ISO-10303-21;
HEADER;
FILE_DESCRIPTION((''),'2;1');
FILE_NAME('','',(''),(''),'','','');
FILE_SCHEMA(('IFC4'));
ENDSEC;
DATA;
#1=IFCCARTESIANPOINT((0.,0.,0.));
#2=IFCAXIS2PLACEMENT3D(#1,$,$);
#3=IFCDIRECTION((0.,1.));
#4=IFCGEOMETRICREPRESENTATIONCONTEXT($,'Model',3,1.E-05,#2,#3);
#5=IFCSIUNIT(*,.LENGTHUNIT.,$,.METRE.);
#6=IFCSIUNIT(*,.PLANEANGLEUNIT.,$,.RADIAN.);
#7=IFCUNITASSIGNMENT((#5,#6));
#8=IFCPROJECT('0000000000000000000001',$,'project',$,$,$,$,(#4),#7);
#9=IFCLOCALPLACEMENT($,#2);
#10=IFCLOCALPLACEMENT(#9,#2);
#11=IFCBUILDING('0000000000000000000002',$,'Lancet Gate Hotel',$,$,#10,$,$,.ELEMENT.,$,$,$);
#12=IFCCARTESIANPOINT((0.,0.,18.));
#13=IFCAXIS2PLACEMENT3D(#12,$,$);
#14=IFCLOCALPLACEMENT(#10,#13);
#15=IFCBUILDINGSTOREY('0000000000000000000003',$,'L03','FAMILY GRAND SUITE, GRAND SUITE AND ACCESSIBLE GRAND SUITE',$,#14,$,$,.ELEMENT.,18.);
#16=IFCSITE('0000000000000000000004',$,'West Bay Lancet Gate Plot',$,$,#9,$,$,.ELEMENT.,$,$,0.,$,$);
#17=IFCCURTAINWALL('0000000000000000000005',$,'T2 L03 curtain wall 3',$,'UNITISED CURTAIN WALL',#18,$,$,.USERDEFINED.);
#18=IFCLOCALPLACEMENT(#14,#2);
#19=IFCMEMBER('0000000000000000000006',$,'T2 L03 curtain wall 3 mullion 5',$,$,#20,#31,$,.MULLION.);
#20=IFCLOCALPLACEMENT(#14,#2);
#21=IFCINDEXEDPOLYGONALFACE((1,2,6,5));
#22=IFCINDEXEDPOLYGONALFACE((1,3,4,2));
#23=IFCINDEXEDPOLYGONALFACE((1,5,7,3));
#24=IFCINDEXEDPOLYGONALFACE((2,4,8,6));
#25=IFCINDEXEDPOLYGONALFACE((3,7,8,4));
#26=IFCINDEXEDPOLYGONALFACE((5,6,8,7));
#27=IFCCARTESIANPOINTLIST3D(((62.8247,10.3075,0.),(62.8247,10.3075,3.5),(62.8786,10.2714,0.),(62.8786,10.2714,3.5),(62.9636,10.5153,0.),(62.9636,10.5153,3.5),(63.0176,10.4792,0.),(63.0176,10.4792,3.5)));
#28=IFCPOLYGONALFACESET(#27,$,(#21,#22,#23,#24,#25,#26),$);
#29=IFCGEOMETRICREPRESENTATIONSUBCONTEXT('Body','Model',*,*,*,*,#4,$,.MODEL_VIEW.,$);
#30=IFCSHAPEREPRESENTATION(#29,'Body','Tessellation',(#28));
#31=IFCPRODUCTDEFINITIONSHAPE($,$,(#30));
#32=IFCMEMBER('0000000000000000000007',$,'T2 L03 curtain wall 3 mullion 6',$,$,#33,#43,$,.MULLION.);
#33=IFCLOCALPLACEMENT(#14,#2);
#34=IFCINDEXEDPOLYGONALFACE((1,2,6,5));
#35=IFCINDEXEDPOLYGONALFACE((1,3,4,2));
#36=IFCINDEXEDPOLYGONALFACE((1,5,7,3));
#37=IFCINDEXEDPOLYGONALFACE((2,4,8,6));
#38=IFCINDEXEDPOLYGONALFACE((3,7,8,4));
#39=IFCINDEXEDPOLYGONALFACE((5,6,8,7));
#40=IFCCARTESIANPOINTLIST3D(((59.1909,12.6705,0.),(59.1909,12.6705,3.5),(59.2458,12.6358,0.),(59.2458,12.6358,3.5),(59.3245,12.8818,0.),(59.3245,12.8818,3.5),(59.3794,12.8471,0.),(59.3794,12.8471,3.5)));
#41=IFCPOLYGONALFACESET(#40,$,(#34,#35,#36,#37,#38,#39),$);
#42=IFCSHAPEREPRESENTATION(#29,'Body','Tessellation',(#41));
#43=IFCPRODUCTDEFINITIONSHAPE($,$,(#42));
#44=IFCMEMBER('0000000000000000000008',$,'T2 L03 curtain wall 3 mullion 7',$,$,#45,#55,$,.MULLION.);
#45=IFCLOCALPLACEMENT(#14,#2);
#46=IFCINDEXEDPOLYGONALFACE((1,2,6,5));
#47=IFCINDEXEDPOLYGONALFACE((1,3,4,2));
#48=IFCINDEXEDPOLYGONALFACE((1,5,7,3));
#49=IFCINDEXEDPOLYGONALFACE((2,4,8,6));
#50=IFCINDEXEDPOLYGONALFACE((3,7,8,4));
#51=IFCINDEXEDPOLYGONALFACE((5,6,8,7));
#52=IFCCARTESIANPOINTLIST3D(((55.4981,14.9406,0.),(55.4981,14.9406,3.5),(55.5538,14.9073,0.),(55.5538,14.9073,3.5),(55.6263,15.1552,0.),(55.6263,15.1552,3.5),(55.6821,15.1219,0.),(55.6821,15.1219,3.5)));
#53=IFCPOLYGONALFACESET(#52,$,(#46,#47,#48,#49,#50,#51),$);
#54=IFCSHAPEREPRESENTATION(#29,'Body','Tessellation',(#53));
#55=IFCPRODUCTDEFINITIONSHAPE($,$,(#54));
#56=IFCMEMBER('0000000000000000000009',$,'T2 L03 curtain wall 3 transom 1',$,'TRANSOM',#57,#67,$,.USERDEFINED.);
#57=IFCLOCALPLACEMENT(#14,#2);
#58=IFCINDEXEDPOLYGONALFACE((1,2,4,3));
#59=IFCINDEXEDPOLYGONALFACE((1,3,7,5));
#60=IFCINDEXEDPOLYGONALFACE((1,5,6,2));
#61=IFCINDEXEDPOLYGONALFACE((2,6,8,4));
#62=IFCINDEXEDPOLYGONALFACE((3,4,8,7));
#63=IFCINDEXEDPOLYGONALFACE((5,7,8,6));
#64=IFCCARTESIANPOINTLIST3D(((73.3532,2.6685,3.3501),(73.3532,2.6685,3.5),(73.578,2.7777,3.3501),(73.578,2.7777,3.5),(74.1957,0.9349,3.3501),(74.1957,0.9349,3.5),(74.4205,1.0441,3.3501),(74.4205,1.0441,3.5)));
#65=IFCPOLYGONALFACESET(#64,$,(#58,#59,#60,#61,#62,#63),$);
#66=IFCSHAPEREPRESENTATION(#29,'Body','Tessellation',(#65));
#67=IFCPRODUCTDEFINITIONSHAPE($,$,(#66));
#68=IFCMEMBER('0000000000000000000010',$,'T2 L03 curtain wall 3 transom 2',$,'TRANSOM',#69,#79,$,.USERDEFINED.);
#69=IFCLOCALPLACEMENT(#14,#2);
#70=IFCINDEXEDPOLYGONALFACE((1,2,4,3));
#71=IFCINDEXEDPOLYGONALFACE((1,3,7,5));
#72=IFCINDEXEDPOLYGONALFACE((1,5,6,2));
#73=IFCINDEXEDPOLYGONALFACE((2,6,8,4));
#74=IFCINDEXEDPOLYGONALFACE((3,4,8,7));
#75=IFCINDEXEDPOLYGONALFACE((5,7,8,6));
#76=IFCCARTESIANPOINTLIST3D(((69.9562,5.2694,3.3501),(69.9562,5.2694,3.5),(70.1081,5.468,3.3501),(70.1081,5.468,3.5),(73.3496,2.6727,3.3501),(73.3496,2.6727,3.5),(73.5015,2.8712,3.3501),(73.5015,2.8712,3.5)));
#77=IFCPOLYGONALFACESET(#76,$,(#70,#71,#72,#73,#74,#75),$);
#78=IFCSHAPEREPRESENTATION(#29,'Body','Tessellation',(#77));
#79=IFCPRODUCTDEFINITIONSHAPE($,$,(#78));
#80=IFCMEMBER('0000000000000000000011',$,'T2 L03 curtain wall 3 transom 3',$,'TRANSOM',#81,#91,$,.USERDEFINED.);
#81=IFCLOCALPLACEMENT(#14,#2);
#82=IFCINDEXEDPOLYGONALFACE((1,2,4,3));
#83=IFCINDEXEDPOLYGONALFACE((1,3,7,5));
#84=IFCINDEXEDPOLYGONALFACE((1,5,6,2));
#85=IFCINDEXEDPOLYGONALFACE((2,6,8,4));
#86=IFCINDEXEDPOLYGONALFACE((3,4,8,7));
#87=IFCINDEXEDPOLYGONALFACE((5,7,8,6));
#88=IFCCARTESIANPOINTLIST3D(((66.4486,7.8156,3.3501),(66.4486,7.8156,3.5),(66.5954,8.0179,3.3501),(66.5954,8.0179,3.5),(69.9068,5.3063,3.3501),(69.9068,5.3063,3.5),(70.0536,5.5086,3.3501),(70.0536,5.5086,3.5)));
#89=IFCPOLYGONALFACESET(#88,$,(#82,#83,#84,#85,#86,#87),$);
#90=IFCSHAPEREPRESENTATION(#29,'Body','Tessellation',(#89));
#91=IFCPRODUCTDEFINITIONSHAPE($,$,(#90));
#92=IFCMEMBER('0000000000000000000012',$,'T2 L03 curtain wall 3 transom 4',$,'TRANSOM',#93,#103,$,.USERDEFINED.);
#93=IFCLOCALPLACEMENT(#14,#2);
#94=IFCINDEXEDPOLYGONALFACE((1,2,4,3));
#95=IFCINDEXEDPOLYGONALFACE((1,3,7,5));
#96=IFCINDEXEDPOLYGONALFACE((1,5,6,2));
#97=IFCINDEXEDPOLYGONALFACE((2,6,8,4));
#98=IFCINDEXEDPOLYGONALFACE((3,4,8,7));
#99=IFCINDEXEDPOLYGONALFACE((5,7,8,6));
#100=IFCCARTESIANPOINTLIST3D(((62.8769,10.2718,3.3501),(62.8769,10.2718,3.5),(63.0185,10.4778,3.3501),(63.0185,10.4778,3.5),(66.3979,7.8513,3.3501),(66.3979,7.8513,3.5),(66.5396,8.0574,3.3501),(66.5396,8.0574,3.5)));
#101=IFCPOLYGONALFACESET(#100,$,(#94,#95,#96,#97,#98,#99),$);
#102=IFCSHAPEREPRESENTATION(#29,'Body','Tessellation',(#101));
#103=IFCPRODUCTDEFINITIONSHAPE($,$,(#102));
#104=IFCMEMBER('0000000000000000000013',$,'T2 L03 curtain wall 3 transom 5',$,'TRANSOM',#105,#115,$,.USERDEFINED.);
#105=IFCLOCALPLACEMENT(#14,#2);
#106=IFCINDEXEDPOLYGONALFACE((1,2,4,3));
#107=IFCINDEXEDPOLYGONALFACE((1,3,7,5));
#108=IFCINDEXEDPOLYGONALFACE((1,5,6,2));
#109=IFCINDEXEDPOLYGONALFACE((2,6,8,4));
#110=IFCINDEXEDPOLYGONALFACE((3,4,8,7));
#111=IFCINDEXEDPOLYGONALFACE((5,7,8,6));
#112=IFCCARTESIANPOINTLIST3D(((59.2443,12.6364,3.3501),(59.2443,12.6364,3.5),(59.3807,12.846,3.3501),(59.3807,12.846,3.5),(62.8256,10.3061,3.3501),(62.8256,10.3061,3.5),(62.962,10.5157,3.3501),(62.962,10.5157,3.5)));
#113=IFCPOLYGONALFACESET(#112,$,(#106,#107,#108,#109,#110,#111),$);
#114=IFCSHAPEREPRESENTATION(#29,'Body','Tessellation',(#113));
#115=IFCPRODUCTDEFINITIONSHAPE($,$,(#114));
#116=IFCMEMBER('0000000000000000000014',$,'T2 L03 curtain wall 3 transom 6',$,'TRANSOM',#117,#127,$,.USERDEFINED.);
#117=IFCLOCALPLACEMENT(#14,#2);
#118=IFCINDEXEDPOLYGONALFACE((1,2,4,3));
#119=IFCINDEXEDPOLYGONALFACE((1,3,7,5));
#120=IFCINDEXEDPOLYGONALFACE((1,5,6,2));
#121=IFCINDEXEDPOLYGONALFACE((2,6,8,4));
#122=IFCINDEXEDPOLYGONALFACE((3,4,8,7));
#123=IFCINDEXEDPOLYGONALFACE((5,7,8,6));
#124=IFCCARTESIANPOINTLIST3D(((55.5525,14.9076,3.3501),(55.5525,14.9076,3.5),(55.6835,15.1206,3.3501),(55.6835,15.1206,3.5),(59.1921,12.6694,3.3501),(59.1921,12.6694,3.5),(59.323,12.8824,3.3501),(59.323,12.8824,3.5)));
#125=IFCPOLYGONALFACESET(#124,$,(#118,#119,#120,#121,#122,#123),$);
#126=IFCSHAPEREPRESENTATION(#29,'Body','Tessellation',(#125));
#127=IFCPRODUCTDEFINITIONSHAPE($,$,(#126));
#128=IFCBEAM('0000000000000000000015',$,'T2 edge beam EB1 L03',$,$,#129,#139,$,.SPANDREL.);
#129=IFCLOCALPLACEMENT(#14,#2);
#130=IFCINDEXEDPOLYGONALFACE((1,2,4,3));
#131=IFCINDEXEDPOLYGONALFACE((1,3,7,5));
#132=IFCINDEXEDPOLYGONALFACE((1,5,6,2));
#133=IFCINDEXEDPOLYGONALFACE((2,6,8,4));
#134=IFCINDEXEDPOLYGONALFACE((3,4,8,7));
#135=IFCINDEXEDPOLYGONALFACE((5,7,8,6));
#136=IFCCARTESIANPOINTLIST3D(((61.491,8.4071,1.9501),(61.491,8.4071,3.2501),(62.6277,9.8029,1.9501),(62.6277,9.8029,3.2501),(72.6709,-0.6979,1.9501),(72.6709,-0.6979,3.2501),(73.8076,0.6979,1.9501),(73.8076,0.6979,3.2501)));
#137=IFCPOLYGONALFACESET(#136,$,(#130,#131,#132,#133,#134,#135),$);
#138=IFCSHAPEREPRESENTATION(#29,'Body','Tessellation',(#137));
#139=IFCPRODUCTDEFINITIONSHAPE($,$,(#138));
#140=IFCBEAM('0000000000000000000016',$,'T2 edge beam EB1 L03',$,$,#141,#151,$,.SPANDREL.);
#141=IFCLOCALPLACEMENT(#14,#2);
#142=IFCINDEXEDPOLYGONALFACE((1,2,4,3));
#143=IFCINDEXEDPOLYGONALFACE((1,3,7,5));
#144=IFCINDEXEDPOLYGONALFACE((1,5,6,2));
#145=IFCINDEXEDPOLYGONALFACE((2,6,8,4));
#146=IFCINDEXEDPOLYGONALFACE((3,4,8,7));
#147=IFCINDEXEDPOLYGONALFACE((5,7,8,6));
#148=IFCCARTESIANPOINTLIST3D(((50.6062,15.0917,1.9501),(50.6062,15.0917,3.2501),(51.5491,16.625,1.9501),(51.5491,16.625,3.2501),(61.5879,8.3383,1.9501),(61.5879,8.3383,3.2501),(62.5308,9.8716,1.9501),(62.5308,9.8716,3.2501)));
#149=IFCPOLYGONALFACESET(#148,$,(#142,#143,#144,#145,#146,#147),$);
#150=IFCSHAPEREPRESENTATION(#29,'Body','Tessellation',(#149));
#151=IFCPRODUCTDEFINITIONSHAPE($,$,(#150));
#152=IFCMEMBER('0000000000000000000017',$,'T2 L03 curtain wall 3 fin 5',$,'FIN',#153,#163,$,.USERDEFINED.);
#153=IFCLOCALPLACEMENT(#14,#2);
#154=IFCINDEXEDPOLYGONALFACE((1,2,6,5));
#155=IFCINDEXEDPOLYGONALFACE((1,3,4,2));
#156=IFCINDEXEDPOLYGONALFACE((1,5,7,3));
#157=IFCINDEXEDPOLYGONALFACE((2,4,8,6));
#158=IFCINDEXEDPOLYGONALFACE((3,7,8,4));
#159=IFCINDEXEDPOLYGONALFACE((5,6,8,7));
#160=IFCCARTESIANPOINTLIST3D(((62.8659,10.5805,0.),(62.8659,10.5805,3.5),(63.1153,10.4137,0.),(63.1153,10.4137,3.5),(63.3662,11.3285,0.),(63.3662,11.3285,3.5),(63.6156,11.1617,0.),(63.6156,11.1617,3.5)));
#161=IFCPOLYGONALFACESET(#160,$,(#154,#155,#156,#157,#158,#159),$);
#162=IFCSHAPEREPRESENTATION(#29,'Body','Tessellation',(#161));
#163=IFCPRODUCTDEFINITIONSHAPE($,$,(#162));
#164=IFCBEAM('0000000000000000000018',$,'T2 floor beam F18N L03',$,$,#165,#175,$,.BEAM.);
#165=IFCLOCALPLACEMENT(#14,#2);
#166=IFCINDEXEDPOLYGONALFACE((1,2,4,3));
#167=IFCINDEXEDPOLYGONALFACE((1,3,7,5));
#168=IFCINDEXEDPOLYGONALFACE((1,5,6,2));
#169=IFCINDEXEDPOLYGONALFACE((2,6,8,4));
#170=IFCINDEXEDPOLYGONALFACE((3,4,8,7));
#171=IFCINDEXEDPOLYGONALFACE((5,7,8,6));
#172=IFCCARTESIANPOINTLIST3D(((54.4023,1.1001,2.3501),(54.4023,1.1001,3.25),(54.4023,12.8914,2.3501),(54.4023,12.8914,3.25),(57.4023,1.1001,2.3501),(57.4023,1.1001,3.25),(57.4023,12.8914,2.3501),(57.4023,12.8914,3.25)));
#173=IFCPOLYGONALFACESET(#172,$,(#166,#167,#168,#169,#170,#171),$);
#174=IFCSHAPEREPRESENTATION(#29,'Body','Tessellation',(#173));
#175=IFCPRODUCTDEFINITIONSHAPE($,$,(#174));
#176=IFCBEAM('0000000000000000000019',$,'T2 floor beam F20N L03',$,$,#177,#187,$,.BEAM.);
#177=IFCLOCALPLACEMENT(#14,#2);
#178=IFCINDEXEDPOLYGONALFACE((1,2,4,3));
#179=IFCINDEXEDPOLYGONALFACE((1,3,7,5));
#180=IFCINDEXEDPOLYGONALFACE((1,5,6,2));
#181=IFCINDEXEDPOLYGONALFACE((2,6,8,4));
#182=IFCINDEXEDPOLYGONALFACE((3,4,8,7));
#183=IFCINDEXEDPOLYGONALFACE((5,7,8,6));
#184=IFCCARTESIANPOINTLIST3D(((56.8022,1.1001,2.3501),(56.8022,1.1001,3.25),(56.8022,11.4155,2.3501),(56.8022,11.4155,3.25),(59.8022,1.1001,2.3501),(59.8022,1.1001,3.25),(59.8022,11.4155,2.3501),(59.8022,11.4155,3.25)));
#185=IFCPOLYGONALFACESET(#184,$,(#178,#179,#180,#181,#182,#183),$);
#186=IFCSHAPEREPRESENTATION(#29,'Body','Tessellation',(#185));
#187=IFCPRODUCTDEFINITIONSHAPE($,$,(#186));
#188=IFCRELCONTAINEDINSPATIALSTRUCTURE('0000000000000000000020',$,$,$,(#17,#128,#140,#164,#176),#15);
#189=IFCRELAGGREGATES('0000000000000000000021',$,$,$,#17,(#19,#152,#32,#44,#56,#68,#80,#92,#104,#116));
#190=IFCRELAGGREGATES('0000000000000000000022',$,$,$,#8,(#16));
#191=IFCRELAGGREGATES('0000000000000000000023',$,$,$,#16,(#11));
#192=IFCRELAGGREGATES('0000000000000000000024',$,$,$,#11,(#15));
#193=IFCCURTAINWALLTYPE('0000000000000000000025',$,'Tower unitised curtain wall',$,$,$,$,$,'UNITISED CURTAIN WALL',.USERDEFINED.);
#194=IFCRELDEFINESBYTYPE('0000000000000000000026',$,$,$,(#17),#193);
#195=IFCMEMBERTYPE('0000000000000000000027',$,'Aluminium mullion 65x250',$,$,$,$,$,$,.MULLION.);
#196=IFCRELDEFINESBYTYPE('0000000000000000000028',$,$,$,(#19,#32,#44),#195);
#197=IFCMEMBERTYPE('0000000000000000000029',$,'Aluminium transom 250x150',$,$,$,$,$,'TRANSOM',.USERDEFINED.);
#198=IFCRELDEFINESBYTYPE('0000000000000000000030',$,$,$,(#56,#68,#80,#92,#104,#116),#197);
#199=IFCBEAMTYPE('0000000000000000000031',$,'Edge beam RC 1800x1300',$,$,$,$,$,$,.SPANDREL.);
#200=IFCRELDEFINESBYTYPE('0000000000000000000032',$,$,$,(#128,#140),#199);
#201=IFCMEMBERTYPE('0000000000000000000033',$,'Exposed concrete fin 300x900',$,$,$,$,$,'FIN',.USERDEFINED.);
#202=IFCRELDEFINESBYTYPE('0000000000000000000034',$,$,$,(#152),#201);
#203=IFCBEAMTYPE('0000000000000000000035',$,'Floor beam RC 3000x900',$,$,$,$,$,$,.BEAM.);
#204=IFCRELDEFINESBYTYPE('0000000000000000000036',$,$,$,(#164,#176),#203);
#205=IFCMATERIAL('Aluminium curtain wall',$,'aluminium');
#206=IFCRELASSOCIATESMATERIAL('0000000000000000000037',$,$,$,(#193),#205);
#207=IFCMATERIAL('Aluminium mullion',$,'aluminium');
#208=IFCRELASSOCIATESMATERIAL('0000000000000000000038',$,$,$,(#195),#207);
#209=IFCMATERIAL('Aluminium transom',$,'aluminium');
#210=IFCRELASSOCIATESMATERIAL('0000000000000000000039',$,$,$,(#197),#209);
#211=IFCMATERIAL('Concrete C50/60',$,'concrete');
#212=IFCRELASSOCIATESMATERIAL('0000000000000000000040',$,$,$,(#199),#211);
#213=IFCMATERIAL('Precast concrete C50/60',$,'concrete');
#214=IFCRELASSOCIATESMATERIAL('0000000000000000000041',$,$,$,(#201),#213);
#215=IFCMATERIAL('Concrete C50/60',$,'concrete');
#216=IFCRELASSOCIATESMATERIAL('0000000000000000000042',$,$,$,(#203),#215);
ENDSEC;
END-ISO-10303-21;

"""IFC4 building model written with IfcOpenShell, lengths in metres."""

from ifc_helpers import new_model, si_unit, direction, frame, origin, origin_2d, place, context, subcontext, project, spatial, rectangle, extrude, material, material_profile, profile_set, type_object, element, aggregate, save


model = new_model("IFC4")

# Units and contexts
model_context = context("Model", 3, precision=1e-05, world=origin(), true_north=direction((0.0, 1.0)))
body_context = subcontext(model_context, "Body", "Model", "MODEL_VIEW")
ifc_project = project(units=[si_unit("LENGTHUNIT", "METRE"), si_unit("PLANEANGLEUNIT", "RADIAN")], contexts=[model_context])

# Site, building, storey
site_placement = place(None, origin())
site = spatial("IfcSite", under=ifc_project, at=site_placement, Name="West Bay Lancet Gate Plot", CompositionType="ELEMENT", RefElevation=0.0)
building_placement = place(site_placement, origin())
building = spatial("IfcBuilding", under=site, at=building_placement, Name="Lancet Gate Hotel", CompositionType="ELEMENT")
storey_placement = place(building_placement, frame((0.0, 0.0, 18.0)))
storey = spatial("IfcBuildingStorey", under=building, at=storey_placement, Name="L03", Description="FAMILY GRAND SUITE, GRAND SUITE AND ACCESSIBLE GRAND SUITE", CompositionType="ELEMENT", Elevation=18.0)

# Shared definitions
ifc_material_1 = material(Name="Aluminium curtain wall", Category="aluminium")
curtain_wall_type = type_object("IfcCurtainWallType", Name="Tower unitised curtain wall", ElementType="UNITISED CURTAIN WALL", PredefinedType="USERDEFINED", material=ifc_material_1)
ifc_material_2 = material(Name="Aluminium mullion", Category="aluminium")
ifc_material_profile_1 = material_profile(ifc_material_2, rectangle(XDim=0.0649, YDim=0.25, at=origin_2d()), Name="MULLION 65x250")
ifc_profile_set_1 = profile_set([ifc_material_profile_1], Name="Aluminium mullion")
member_type_1 = type_object("IfcMemberType", Name="Aluminium mullion 65x250", PredefinedType="MULLION", material=ifc_profile_set_1)

# Curtain wall, members
curtain_wall_1_placement = place(storey_placement, origin())
curtain_wall_1 = element("IfcCurtainWall", 1, at=curtain_wall_1_placement, inside=storey, type_object=curtain_wall_type, Name="T2 L03 curtain wall 3", ObjectType="UNITISED CURTAIN WALL", PredefinedType="USERDEFINED")
member_1_placement = place(storey_placement, frame((62.9211, 10.3933, 0.0), z_axis=(0.0, 0.0, 1.0), x_axis=(-0.831198, 0.555976, 0.0)))
member_1 = element("IfcMember", 2, at=member_1_placement, type_object=member_type_1, Name="T2 L03 curtain wall 3 mullion 5", PredefinedType="MULLION", context=body_context, shape_type="SweptSolid", body=[
    extrude(rectangle(XDim=0.0649, YDim=0.25, at=origin_2d()), origin(), (0.0, 0.0, 1.0), 3.5),
])
member_2_placement = place(storey_placement, frame((59.2852, 12.7588, 0.0), z_axis=(0.0, 0.0, 1.0), x_axis=(-0.845079, 0.534641, 0.0)))
member_2 = element("IfcMember", 3, at=member_2_placement, type_object=member_type_1, Name="T2 L03 curtain wall 3 mullion 6", PredefinedType="MULLION", context=body_context, shape_type="SweptSolid", body=[
    extrude(rectangle(XDim=0.0649, YDim=0.25, at=origin_2d()), origin(), (0.0, 0.0, 1.0), 3.5),
])
member_3_placement = place(storey_placement, frame((55.5901, 15.0312, 0.0), z_axis=(0.0, 0.0, 1.0), x_axis=(-0.858413, 0.512959, 0.0)))
member_3 = element("IfcMember", 4, at=member_3_placement, type_object=member_type_1, Name="T2 L03 curtain wall 3 mullion 7", PredefinedType="MULLION", context=body_context, shape_type="SweptSolid", body=[
    extrude(rectangle(XDim=0.0649, YDim=0.25, at=origin_2d()), origin(), (0.0, 0.0, 1.0), 3.5),
])
ifc_material_3 = material(Name="Aluminium transom", Category="aluminium")
ifc_material_profile_2 = material_profile(ifc_material_3, rectangle(XDim=0.25, YDim=0.1499, at=origin_2d()), Name="TRANSOM 250x150")
ifc_profile_set_2 = profile_set([ifc_material_profile_2], Name="Aluminium transom")
member_type_2 = type_object("IfcMemberType", Name="Aluminium transom 250x150", ElementType="TRANSOM", PredefinedType="USERDEFINED", material=ifc_profile_set_2)
member_4_placement = place(storey_placement, frame((74.3081, 0.9895, 3.425), z_axis=(-0.437103, 0.899411, 0.0), x_axis=(-0.899411, -0.437103, 0.0)))
member_4 = element("IfcMember", 5, at=member_4_placement, type_object=member_type_2, Name="T2 L03 curtain wall 3 transom 1", ObjectType="TRANSOM", PredefinedType="USERDEFINED", context=body_context, shape_type="SweptSolid", body=[
    extrude(rectangle(XDim=0.25, YDim=0.1499, at=origin_2d()), origin(), (0.0, 0.0, 1.0), 1.9275),
])
member_5_placement = place(storey_placement, frame((73.4255, 2.772, 3.425), z_axis=(-0.794155, 0.607715, 0.0), x_axis=(-0.607715, -0.794155, 0.0)))
member_5 = element("IfcMember", 6, at=member_5_placement, type_object=member_type_2, Name="T2 L03 curtain wall 3 transom 2", ObjectType="TRANSOM", PredefinedType="USERDEFINED", context=body_context, shape_type="SweptSolid", body=[
    extrude(rectangle(XDim=0.25, YDim=0.1499, at=origin_2d()), origin(), (0.0, 0.0, 1.0), 4.2729),
])
member_6_placement = place(storey_placement, frame((69.9802, 5.4075, 3.425), z_axis=(-0.809383, 0.587281, 0.0), x_axis=(-0.587281, -0.809383, 0.0)))
member_6 = element("IfcMember", 7, at=member_6_placement, type_object=member_type_2, Name="T2 L03 curtain wall 3 transom 3", ObjectType="TRANSOM", PredefinedType="USERDEFINED", context=body_context, shape_type="SweptSolid", body=[
    extrude(rectangle(XDim=0.25, YDim=0.1499, at=origin_2d()), origin(), (0.0, 0.0, 1.0), 4.2727),
])
member_7_placement = place(storey_placement, frame((66.4688, 7.9543, 3.425), z_axis=(-0.824072, 0.566485, 0.0), x_axis=(-0.566485, -0.824072, 0.0)))
member_7 = element("IfcMember", 8, at=member_7_placement, type_object=member_type_2, Name="T2 L03 curtain wall 3 transom 4", ObjectType="TRANSOM", PredefinedType="USERDEFINED", context=body_context, shape_type="SweptSolid", body=[
    extrude(rectangle(XDim=0.25, YDim=0.1499, at=origin_2d()), origin(), (0.0, 0.0, 1.0), 4.2727),
])
member_8_placement = place(storey_placement, frame((62.8938, 10.4109, 3.425), z_axis=(-0.838179, 0.545396, 0.0), x_axis=(-0.545396, -0.838179, 0.0)))
member_8 = element("IfcMember", 9, at=member_8_placement, type_object=member_type_2, Name="T2 L03 curtain wall 3 transom 5", ObjectType="TRANSOM", PredefinedType="USERDEFINED", context=body_context, shape_type="SweptSolid", body=[
    extrude(rectangle(XDim=0.25, YDim=0.1499, at=origin_2d()), origin(), (0.0, 0.0, 1.0), 4.2727),
])
member_9_placement = place(storey_placement, frame((59.2576, 12.7759, 3.425), z_axis=(-0.851815, 0.523842, 0.0), x_axis=(-0.523842, -0.851815, 0.0)))
member_9 = element("IfcMember", 10, at=member_9_placement, type_object=member_type_2, Name="T2 L03 curtain wall 3 transom 6", ObjectType="TRANSOM", PredefinedType="USERDEFINED", context=body_context, shape_type="SweptSolid", body=[
    extrude(rectangle(XDim=0.25, YDim=0.1499, at=origin_2d()), origin(), (0.0, 0.0, 1.0), 4.2727),
])

# Beams
ifc_material_4 = material(Name="Concrete C50/60", Category="concrete")
ifc_material_profile_3 = material_profile(ifc_material_4, rectangle(XDim=1.8, YDim=1.3, at=origin_2d()), Name="RC 1800x1300")
ifc_profile_set_3 = profile_set([ifc_material_profile_3], Name="Concrete C50/60")
beam_type_1 = type_object("IfcBeamType", Name="Edge beam RC 1800x1300", PredefinedType="SPANDREL", material=ifc_profile_set_3)
beam_1_placement = place(storey_placement, frame((73.2393, 0.0, 2.6001), z_axis=(-0.775391, 0.631481, 0.0), x_axis=(-0.631481, -0.775391, 0.0)))
element("IfcBeam", 11, at=beam_1_placement, inside=storey, type_object=beam_type_1, Name="T2 edge beam EB1 L03", PredefinedType="SPANDREL", context=body_context, shape_type="SweptSolid", body=[
    extrude(rectangle(XDim=1.8, YDim=1.3, at=origin_2d()), origin(), (0.0, 0.0, 1.0), 14.4185),
])
beam_2_placement = place(storey_placement, frame((62.0593, 9.105, 2.6001), z_axis=(-0.851816, 0.523842, 0.0), x_axis=(-0.523842, -0.851816, 0.0)))
element("IfcBeam", 12, at=beam_2_placement, inside=storey, type_object=beam_type_1, Name="T2 edge beam EB1 L03", PredefinedType="SPANDREL", context=body_context, shape_type="SweptSolid", body=[
    extrude(rectangle(XDim=1.8, YDim=1.3, at=origin_2d()), origin(), (0.0, 0.0, 1.0), 12.8921),
])

# Member
ifc_material_5 = material(Name="Precast concrete C50/60", Category="concrete")
ifc_material_profile_4 = material_profile(ifc_material_5, rectangle(XDim=0.3, YDim=0.8999, at=origin_2d()), Name="FIN 300x900")
ifc_profile_set_4 = profile_set([ifc_material_profile_4], Name="Precast concrete C50/60")
member_type_3 = type_object("IfcMemberType", Name="Exposed concrete fin 300x900", ElementType="FIN", PredefinedType="USERDEFINED", material=ifc_profile_set_4)
member_10_placement = place(storey_placement, frame((63.2407, 10.8711, 0.0), z_axis=(0.0, 0.0, 1.0), x_axis=(-0.831198, 0.555976, 0.0)))
member_10 = element("IfcMember", 13, at=member_10_placement, type_object=member_type_3, Name="T2 L03 curtain wall 3 fin 5", ObjectType="FIN", PredefinedType="USERDEFINED", context=body_context, shape_type="SweptSolid", body=[
    extrude(rectangle(XDim=0.3, YDim=0.8999, at=origin_2d()), origin(), (0.0, 0.0, 1.0), 3.5),
])

# Beams
ifc_material_6 = material(Name="Concrete C50/60", Category="concrete")
ifc_material_profile_5 = material_profile(ifc_material_6, rectangle(XDim=3.0, YDim=0.8999, at=origin_2d()), Name="RC 3000x900")
ifc_profile_set_5 = profile_set([ifc_material_profile_5], Name="Concrete C50/60")
beam_type_2 = type_object("IfcBeamType", Name="Floor beam RC 3000x900", PredefinedType="BEAM", material=ifc_profile_set_5)
beam_3_placement = place(storey_placement, frame((55.9023, 1.1001, 2.8), z_axis=(0.0, 1.0, 0.0), x_axis=(-1.0, 0.0, 0.0)))
element("IfcBeam", 14, at=beam_3_placement, inside=storey, type_object=beam_type_2, Name="T2 floor beam F18N L03", PredefinedType="BEAM", context=body_context, shape_type="SweptSolid", body=[
    extrude(rectangle(XDim=3.0, YDim=0.8999, at=origin_2d()), origin(), (0.0, 0.0, 1.0), 11.7913),
])
beam_4_placement = place(storey_placement, frame((58.3022, 1.1001, 2.8), z_axis=(0.0, 1.0, 0.0), x_axis=(-1.0, 0.0, 0.0)))
element("IfcBeam", 15, at=beam_4_placement, inside=storey, type_object=beam_type_2, Name="T2 floor beam F20N L03", PredefinedType="BEAM", context=body_context, shape_type="SweptSolid", body=[
    extrude(rectangle(XDim=3.0, YDim=0.8999, at=origin_2d()), origin(), (0.0, 0.0, 1.0), 10.3154),
])

aggregate(curtain_wall_1, [member_1, member_10, member_2, member_3, member_4, member_5, member_6, member_7, member_8, member_9])

save(model, "model.ifc")
